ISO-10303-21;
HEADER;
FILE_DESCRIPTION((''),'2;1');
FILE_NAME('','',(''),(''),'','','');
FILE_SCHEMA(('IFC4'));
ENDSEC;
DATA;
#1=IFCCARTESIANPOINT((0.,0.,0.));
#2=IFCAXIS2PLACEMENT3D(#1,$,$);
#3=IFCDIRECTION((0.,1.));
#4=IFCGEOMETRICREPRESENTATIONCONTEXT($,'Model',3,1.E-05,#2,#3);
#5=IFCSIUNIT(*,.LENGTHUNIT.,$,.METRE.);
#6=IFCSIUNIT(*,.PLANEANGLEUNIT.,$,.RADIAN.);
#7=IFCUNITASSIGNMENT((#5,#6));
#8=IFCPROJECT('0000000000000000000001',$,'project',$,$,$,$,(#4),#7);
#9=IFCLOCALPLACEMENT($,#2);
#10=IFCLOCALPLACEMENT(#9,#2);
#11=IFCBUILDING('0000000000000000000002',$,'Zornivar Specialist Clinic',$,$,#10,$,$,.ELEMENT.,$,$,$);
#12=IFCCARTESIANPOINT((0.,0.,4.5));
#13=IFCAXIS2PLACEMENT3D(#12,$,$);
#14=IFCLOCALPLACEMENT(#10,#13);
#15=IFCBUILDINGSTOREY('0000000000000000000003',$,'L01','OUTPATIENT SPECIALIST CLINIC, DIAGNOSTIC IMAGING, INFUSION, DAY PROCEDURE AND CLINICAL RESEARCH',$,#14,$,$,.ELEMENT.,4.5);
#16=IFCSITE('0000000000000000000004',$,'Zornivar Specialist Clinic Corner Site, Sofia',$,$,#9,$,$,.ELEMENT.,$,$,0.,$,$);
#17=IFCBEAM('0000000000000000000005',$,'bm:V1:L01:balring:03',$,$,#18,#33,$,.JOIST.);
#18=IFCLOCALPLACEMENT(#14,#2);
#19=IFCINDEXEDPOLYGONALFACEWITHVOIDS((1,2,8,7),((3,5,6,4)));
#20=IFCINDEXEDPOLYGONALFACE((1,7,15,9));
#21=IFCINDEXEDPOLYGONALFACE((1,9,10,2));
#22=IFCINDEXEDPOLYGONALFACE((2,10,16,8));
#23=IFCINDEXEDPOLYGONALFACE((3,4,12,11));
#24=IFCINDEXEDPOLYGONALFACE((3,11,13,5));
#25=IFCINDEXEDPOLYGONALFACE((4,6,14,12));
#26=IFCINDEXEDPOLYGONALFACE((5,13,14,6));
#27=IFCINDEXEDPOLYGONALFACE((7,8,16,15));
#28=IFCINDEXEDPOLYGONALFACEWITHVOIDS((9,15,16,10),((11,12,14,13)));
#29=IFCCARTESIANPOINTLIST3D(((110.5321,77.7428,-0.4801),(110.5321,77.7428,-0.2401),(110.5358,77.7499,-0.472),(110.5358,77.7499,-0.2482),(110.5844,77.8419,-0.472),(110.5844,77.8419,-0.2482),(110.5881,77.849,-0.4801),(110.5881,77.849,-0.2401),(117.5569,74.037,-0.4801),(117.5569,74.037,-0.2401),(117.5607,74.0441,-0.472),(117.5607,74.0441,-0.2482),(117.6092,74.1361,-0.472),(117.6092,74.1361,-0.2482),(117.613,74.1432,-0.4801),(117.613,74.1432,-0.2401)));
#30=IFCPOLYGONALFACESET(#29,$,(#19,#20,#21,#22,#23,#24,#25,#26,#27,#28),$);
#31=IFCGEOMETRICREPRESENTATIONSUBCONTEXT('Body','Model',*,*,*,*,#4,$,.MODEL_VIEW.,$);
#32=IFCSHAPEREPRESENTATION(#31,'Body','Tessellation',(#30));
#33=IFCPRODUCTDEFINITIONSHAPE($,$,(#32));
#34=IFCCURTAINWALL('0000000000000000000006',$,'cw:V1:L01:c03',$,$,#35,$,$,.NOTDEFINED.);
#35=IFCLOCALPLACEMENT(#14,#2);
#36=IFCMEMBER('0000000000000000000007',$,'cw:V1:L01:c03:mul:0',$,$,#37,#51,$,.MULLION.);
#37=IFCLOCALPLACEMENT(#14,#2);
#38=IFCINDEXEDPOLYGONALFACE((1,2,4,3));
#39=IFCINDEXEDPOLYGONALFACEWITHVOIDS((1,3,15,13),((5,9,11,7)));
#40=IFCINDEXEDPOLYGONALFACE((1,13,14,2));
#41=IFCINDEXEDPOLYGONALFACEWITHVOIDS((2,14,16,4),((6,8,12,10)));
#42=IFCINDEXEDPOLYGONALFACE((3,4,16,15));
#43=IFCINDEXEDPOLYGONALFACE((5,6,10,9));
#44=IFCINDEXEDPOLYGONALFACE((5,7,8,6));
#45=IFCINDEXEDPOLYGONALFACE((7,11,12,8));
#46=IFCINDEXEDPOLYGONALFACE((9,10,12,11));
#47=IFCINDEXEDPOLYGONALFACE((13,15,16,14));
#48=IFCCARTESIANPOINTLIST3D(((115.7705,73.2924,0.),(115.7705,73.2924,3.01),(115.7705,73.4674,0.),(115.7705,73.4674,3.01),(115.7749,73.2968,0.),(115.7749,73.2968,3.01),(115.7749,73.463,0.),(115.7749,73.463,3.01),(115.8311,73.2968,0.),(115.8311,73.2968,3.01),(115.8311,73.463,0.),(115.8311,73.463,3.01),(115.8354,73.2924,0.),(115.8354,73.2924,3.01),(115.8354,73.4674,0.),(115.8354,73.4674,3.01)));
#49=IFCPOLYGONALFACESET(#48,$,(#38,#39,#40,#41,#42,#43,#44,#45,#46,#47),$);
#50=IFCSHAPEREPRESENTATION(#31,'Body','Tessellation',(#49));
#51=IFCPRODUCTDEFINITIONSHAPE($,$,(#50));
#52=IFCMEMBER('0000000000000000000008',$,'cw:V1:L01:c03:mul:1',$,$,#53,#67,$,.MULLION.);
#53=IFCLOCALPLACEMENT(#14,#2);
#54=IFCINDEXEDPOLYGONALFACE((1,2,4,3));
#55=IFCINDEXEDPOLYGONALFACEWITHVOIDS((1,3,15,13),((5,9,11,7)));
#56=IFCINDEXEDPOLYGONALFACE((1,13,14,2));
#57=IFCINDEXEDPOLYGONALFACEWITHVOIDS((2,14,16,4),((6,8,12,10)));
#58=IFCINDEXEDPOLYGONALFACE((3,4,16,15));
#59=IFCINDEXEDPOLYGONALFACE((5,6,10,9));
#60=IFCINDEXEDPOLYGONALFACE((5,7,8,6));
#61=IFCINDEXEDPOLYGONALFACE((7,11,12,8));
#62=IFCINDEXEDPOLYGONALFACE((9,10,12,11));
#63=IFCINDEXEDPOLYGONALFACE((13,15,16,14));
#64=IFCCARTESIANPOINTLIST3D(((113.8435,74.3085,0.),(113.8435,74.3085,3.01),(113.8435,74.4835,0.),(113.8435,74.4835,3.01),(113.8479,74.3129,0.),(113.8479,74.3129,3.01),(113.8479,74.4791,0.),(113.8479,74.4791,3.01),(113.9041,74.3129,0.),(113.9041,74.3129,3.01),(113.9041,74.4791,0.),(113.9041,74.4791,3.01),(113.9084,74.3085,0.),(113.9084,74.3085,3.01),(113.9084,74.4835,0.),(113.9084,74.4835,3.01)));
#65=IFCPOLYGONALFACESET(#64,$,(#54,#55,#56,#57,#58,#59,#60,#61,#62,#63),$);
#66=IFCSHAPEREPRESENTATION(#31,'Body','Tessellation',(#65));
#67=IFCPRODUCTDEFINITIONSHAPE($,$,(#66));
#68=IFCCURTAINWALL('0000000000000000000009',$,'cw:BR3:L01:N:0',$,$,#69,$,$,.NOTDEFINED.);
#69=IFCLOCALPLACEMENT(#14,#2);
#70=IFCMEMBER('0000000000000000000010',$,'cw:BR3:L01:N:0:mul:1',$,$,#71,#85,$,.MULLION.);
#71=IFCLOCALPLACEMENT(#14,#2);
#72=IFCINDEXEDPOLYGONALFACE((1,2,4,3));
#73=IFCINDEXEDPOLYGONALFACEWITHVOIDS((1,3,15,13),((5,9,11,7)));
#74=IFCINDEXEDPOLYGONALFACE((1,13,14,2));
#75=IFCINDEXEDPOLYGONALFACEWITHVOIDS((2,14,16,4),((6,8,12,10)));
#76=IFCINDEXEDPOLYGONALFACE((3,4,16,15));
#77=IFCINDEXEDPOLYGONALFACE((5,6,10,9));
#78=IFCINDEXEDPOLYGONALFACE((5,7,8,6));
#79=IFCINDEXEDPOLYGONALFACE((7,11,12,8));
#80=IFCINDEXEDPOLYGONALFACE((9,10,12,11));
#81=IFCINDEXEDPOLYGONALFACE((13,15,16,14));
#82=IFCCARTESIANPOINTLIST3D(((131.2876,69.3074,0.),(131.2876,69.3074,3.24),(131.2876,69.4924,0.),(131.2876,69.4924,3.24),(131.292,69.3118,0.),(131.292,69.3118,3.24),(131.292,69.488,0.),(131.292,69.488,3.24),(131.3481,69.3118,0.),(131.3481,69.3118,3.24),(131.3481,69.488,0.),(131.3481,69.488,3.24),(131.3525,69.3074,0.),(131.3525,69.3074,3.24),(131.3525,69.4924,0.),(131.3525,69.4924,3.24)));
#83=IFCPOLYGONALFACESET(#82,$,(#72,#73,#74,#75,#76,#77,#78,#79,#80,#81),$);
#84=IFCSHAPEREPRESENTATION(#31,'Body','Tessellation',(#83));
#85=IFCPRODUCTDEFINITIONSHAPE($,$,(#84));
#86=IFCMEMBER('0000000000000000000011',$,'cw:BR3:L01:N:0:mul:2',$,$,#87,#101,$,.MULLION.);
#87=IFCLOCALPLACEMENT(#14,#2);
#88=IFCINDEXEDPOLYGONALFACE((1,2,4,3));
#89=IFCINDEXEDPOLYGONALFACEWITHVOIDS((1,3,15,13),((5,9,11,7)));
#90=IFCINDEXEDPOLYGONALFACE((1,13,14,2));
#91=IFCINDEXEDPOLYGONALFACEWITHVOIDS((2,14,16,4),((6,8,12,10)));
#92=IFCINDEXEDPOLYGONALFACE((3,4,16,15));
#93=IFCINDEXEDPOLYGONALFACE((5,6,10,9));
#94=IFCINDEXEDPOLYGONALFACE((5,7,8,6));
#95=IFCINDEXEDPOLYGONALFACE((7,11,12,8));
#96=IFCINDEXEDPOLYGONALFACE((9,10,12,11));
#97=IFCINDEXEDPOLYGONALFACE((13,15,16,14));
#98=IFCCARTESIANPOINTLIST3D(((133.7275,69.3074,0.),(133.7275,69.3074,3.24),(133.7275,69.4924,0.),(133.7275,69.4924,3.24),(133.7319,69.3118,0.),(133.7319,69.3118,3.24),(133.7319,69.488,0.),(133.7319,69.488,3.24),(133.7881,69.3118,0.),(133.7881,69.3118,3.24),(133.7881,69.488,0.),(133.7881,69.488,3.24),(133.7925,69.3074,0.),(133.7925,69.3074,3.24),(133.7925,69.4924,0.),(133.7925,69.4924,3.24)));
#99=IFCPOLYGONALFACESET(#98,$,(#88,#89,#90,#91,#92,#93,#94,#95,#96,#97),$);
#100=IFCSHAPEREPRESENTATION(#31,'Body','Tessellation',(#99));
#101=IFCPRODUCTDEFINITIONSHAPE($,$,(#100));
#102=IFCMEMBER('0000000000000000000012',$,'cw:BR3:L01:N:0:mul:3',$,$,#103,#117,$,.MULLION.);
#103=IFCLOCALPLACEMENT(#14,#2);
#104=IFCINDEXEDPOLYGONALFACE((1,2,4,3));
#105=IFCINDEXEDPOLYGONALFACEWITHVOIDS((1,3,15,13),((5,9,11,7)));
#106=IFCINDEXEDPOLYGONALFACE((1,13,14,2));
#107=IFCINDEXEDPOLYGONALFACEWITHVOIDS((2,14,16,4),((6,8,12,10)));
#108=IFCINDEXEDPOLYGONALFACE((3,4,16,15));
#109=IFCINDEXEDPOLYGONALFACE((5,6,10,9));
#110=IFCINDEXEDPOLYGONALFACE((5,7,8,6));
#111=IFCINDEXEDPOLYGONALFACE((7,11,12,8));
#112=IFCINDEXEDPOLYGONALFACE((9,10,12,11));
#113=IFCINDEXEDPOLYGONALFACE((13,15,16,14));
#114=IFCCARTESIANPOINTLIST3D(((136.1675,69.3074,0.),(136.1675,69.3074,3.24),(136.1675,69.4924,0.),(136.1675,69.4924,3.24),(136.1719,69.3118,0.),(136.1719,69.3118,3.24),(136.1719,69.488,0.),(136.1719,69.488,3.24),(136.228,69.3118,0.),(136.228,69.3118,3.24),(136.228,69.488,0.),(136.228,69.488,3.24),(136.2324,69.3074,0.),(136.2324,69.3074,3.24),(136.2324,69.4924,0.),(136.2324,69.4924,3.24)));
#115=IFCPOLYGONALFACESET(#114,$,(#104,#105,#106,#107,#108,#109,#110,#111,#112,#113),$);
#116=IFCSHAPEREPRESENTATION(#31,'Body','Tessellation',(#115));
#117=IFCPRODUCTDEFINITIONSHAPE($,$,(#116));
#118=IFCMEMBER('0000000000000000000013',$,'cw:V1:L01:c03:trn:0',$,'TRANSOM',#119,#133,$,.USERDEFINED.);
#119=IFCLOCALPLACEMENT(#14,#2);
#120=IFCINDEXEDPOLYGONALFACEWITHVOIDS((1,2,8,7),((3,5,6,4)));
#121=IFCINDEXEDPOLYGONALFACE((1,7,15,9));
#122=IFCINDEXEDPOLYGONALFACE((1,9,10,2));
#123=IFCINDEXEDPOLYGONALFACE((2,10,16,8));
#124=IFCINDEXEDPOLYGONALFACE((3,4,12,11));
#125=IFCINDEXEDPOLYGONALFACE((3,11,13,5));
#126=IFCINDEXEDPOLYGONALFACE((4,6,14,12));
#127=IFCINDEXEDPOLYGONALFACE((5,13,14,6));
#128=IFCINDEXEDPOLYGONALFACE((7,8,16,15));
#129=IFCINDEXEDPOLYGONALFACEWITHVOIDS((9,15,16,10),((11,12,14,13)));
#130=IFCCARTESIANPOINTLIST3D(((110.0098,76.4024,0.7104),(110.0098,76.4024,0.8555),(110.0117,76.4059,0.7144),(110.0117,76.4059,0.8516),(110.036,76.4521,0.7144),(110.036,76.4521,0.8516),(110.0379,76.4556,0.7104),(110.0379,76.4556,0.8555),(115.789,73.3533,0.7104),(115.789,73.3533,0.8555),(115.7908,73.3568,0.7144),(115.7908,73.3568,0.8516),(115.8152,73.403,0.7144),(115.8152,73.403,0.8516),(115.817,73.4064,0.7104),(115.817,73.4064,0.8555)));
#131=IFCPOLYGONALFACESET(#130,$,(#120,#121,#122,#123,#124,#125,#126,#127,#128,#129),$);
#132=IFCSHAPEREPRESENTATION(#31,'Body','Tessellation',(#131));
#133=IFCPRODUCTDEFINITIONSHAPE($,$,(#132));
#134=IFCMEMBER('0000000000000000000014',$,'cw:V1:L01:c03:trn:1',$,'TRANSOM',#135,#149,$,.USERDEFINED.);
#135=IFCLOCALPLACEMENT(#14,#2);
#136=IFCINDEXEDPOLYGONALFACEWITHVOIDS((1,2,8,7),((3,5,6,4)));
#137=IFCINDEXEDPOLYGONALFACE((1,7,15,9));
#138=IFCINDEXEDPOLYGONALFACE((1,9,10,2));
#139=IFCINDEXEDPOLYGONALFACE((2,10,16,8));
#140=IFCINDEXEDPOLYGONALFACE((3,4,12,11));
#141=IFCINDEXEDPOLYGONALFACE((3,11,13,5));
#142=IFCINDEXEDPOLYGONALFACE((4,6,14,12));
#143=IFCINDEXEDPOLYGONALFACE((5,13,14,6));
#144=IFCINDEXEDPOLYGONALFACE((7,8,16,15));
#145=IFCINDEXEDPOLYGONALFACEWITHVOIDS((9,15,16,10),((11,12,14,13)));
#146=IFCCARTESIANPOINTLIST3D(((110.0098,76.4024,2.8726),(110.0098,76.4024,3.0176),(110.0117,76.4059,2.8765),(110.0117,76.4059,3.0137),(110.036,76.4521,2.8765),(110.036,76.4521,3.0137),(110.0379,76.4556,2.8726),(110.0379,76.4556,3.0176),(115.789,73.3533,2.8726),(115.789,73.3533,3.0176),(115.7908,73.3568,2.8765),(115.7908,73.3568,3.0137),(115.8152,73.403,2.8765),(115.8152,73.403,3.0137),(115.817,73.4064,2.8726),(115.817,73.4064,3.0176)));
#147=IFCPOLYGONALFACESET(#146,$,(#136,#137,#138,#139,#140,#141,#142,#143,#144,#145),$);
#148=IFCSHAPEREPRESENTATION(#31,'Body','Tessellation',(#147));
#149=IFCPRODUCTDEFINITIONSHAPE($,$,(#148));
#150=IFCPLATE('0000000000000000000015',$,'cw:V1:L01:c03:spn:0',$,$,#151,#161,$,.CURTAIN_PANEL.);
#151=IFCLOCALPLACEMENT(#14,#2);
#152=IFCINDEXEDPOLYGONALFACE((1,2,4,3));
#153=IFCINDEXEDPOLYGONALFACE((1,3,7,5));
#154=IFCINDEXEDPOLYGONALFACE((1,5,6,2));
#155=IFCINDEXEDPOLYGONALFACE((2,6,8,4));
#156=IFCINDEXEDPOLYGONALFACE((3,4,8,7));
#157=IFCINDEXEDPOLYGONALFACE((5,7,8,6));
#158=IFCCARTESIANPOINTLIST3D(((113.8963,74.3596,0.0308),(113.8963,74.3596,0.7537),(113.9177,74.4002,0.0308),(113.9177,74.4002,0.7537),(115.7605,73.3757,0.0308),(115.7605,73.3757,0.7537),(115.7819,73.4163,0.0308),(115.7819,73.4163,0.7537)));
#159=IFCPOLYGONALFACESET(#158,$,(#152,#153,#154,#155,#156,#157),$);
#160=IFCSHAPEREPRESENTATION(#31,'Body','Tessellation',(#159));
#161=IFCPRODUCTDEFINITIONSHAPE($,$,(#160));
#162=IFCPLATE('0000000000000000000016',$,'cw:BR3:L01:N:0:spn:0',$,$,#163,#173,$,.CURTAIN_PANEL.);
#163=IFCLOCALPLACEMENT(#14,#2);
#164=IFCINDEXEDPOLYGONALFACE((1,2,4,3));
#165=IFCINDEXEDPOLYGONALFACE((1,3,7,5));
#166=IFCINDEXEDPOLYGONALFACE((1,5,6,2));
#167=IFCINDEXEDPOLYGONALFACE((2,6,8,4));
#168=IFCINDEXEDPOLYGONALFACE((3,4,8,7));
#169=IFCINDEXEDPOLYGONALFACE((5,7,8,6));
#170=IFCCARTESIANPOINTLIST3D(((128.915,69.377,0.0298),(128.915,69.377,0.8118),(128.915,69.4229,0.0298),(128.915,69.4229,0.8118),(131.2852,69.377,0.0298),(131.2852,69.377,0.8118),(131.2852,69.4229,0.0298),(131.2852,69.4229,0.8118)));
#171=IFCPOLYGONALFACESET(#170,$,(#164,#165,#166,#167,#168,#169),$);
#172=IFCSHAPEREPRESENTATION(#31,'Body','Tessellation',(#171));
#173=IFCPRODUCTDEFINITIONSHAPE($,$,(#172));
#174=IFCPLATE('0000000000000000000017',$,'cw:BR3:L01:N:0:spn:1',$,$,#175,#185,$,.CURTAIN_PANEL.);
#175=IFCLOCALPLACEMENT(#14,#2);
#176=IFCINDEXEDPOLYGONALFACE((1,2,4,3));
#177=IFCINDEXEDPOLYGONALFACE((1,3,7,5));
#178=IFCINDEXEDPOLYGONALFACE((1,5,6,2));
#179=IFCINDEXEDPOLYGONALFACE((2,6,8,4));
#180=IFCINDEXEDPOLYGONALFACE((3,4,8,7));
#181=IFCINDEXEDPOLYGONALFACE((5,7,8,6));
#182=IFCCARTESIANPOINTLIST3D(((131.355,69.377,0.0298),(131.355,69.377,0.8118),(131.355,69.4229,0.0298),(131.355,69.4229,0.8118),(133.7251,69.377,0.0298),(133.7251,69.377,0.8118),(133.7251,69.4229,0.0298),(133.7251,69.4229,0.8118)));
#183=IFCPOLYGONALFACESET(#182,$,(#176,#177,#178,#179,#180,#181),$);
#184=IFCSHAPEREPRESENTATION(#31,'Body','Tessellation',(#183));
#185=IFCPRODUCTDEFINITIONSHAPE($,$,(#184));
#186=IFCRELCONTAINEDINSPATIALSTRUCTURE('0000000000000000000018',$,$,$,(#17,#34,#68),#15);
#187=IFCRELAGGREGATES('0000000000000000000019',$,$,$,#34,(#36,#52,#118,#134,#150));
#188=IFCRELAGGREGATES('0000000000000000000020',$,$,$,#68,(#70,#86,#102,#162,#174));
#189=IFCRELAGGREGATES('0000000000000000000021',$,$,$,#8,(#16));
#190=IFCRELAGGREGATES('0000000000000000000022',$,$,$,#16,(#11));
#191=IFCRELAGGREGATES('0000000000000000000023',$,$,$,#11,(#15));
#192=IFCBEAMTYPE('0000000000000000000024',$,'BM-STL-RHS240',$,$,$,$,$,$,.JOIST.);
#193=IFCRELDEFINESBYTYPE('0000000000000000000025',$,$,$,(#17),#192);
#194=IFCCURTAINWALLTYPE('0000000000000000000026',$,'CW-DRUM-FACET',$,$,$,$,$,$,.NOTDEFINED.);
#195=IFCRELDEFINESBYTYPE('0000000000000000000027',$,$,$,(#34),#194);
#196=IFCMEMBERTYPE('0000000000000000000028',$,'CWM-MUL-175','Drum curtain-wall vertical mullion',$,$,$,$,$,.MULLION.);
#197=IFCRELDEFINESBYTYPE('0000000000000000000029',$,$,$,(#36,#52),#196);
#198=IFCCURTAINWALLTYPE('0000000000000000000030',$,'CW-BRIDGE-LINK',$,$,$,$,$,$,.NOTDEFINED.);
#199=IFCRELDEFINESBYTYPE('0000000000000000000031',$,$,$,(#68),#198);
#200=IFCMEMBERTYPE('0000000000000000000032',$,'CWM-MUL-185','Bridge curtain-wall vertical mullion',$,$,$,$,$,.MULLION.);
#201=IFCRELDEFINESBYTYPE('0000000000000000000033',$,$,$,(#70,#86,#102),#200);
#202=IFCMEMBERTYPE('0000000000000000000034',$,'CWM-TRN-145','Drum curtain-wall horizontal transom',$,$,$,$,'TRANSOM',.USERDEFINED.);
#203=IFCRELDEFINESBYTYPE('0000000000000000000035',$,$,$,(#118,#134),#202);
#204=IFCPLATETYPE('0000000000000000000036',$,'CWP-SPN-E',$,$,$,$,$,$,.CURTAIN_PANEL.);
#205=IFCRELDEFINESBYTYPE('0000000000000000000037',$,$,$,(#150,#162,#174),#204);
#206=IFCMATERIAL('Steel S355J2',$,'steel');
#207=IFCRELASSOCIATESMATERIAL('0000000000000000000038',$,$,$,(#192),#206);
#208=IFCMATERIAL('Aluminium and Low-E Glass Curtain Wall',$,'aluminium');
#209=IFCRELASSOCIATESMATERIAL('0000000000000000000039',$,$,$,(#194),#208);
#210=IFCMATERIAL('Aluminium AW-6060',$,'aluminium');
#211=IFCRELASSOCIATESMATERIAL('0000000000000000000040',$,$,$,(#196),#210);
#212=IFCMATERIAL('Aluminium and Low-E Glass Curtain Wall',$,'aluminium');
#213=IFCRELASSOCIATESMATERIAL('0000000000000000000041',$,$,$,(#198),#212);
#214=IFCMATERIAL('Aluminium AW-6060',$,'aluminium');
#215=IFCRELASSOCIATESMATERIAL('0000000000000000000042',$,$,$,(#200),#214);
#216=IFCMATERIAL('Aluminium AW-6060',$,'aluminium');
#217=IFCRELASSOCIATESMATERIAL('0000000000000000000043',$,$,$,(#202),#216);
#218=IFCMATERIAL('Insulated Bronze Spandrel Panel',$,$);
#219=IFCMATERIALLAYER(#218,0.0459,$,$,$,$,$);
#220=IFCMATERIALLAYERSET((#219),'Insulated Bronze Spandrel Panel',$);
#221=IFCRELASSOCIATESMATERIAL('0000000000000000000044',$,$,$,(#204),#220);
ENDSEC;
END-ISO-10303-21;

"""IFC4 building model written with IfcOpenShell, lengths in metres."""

from ifc_helpers import new_model, si_unit, direction, frame, origin, origin_2d, place, context, subcontext, project, spatial, rectangle, hollow_rectangle, extrude, material, layer, layer_set, material_profile, profile_set, type_object, element, aggregate, save


model = new_model("IFC4")

# Units and contexts
model_context = context("Model", 3, precision=1e-05, world=origin(), true_north=direction((0.0, 1.0)))
body_context = subcontext(model_context, "Body", "Model", "MODEL_VIEW")
ifc_project = project(units=[si_unit("LENGTHUNIT", "METRE"), si_unit("PLANEANGLEUNIT", "RADIAN")], contexts=[model_context])

# Site, building, storey
site_placement = place(None, origin())
site = spatial("IfcSite", under=ifc_project, at=site_placement, Name="Zornivar Specialist Clinic Corner Site, Sofia", CompositionType="ELEMENT", RefElevation=0.0)
building_placement = place(site_placement, origin())
building = spatial("IfcBuilding", under=site, at=building_placement, Name="Zornivar Specialist Clinic", CompositionType="ELEMENT")
storey_placement = place(building_placement, frame((0.0, 0.0, 4.5)))
storey = spatial("IfcBuildingStorey", under=building, at=storey_placement, Name="L01", Description="OUTPATIENT SPECIALIST CLINIC, DIAGNOSTIC IMAGING, INFUSION, DAY PROCEDURE AND CLINICAL RESEARCH", CompositionType="ELEMENT", Elevation=4.5)

# Beam
ifc_material_1 = material(Name="Steel S355J2", Category="steel")
ifc_material_profile_1 = material_profile(ifc_material_1, hollow_rectangle(XDim=0.1201, YDim=0.24, WallThickness=0.0081, at=origin_2d()), Name="RHS 240x120x8")
ifc_profile_set_1 = profile_set([ifc_material_profile_1], Name="Steel S355J2")
beam_type_1 = type_object("IfcBeamType", Name="BM-STL-RHS240", PredefinedType="JOIST", material=ifc_profile_set_1)
beam_1_placement = place(storey_placement, frame((117.585, 74.0901, -0.3601), z_axis=(-0.884477, 0.466584, 0.0), x_axis=(-0.466584, -0.884477, 0.0)))
element("IfcBeam", 1, at=beam_1_placement, inside=storey, type_object=beam_type_1, Name="bm:V1:L01:balring:03", PredefinedType="JOIST", context=body_context, shape_type="SweptSolid", body=[
    extrude(hollow_rectangle(XDim=0.1201, YDim=0.24, WallThickness=0.0081, at=origin_2d()), origin(), (0.0, 0.0, 1.0), 7.9424),
])

# Curtain walls, members
ifc_material_2 = material(Name="Aluminium and Low-E Glass Curtain Wall", Category="aluminium")
curtain_wall_type_1 = type_object("IfcCurtainWallType", Name="CW-DRUM-FACET", PredefinedType="NOTDEFINED", material=ifc_material_2)
curtain_wall_1_placement = place(storey_placement, origin())
curtain_wall_1 = element("IfcCurtainWall", 2, at=curtain_wall_1_placement, inside=storey, type_object=curtain_wall_type_1, Name="cw:V1:L01:c03", PredefinedType="NOTDEFINED")
ifc_material_3 = material(Name="Aluminium AW-6060", Category="aluminium")
ifc_material_profile_2 = material_profile(ifc_material_3, hollow_rectangle(XDim=0.0649, YDim=0.175, WallThickness=0.0044, at=origin_2d()), Name="ALU 65x175x4.5")
ifc_profile_set_2 = profile_set([ifc_material_profile_2], Name="Aluminium AW-6060")
member_type_1 = type_object("IfcMemberType", Name="CWM-MUL-175", Description="Drum curtain-wall vertical mullion", PredefinedType="MULLION", material=ifc_profile_set_2)
member_1_placement = place(storey_placement, frame((115.803, 73.3799, 0.0), z_axis=(0.0, 0.0, 1.0), x_axis=(1.0, 0.0, 0.0)))
member_1 = element("IfcMember", 3, at=member_1_placement, type_object=member_type_1, Name="cw:V1:L01:c03:mul:0", PredefinedType="MULLION", context=body_context, shape_type="SweptSolid", body=[
    extrude(hollow_rectangle(XDim=0.0649, YDim=0.175, WallThickness=0.0044, at=origin_2d()), origin(), (0.0, 0.0, 1.0), 3.01),
])
member_2_placement = place(storey_placement, frame((113.876, 74.396, 0.0), z_axis=(0.0, 0.0, 1.0), x_axis=(1.0, 0.0, 0.0)))
member_2 = element("IfcMember", 4, at=member_2_placement, type_object=member_type_1, Name="cw:V1:L01:c03:mul:1", PredefinedType="MULLION", context=body_context, shape_type="SweptSolid", body=[
    extrude(hollow_rectangle(XDim=0.0649, YDim=0.175, WallThickness=0.0044, at=origin_2d()), origin(), (0.0, 0.0, 1.0), 3.01),
])
ifc_material_4 = material(Name="Aluminium and Low-E Glass Curtain Wall", Category="aluminium")
curtain_wall_type_2 = type_object("IfcCurtainWallType", Name="CW-BRIDGE-LINK", PredefinedType="NOTDEFINED", material=ifc_material_4)
curtain_wall_2_placement = place(storey_placement, origin())
curtain_wall_2 = element("IfcCurtainWall", 5, at=curtain_wall_2_placement, inside=storey, type_object=curtain_wall_type_2, Name="cw:BR3:L01:N:0", PredefinedType="NOTDEFINED")
ifc_material_5 = material(Name="Aluminium AW-6060", Category="aluminium")
ifc_material_profile_3 = material_profile(ifc_material_5, hollow_rectangle(XDim=0.0649, YDim=0.1851, WallThickness=0.0044, at=origin_2d()), Name="ALU 65x185x4.5")
ifc_profile_set_3 = profile_set([ifc_material_profile_3], Name="Aluminium AW-6060")
member_type_2 = type_object("IfcMemberType", Name="CWM-MUL-185", Description="Bridge curtain-wall vertical mullion", PredefinedType="MULLION", material=ifc_profile_set_3)
member_3_placement = place(storey_placement, frame((131.3201, 69.3999, 0.0), z_axis=(0.0, 0.0, 1.0), x_axis=(1.0, 0.0, 0.0)))
member_3 = element("IfcMember", 6, at=member_3_placement, type_object=member_type_2, Name="cw:BR3:L01:N:0:mul:1", PredefinedType="MULLION", context=body_context, shape_type="SweptSolid", body=[
    extrude(hollow_rectangle(XDim=0.0649, YDim=0.1851, WallThickness=0.0044, at=origin_2d()), origin(), (0.0, 0.0, 1.0), 3.24),
])
member_4_placement = place(storey_placement, frame((133.76, 69.3999, 0.0), z_axis=(0.0, 0.0, 1.0), x_axis=(1.0, 0.0, 0.0)))
member_4 = element("IfcMember", 7, at=member_4_placement, type_object=member_type_2, Name="cw:BR3:L01:N:0:mul:2", PredefinedType="MULLION", context=body_context, shape_type="SweptSolid", body=[
    extrude(hollow_rectangle(XDim=0.0649, YDim=0.1851, WallThickness=0.0044, at=origin_2d()), origin(), (0.0, 0.0, 1.0), 3.24),
])
member_5_placement = place(storey_placement, frame((136.2, 69.3999, 0.0), z_axis=(0.0, 0.0, 1.0), x_axis=(1.0, 0.0, 0.0)))
member_5 = element("IfcMember", 8, at=member_5_placement, type_object=member_type_2, Name="cw:BR3:L01:N:0:mul:3", PredefinedType="MULLION", context=body_context, shape_type="SweptSolid", body=[
    extrude(hollow_rectangle(XDim=0.0649, YDim=0.1851, WallThickness=0.0044, at=origin_2d()), origin(), (0.0, 0.0, 1.0), 3.24),
])

# Members
ifc_material_6 = material(Name="Aluminium AW-6060", Category="aluminium")
ifc_material_profile_4 = material_profile(ifc_material_6, hollow_rectangle(XDim=0.0601, YDim=0.145, WallThickness=0.0039, at=origin_2d()), Name="ALU 60x145x4")
ifc_profile_set_4 = profile_set([ifc_material_profile_4], Name="Aluminium AW-6060")
member_type_3 = type_object("IfcMemberType", Name="CWM-TRN-145", Description="Drum curtain-wall horizontal transom", ElementType="TRANSOM", PredefinedType="USERDEFINED", material=ifc_profile_set_4)
member_6_placement = place(storey_placement, frame((115.803, 73.3799, 0.783), z_axis=(-0.884447, 0.466641, 0.0), x_axis=(-0.466641, -0.884447, 0.0)))
member_6 = element("IfcMember", 9, at=member_6_placement, type_object=member_type_3, Name="cw:V1:L01:c03:trn:0", ObjectType="TRANSOM", PredefinedType="USERDEFINED", context=body_context, shape_type="SweptSolid", body=[
    extrude(hollow_rectangle(XDim=0.0601, YDim=0.145, WallThickness=0.0039, at=origin_2d()), origin(), (0.0, 0.0, 1.0), 6.5342),
])
member_7_placement = place(storey_placement, frame((115.803, 73.3799, 2.9451), z_axis=(-0.884447, 0.466641, 0.0), x_axis=(-0.466641, -0.884447, 0.0)))
member_7 = element("IfcMember", 10, at=member_7_placement, type_object=member_type_3, Name="cw:V1:L01:c03:trn:1", ObjectType="TRANSOM", PredefinedType="USERDEFINED", context=body_context, shape_type="SweptSolid", body=[
    extrude(hollow_rectangle(XDim=0.0601, YDim=0.145, WallThickness=0.0039, at=origin_2d()), origin(), (0.0, 0.0, 1.0), 6.5342),
])

# Plates
ifc_material_7 = material(Name="Insulated Bronze Spandrel Panel")
ifc_layer_1 = layer(ifc_material_7, 0.0459)
ifc_layer_set_1 = layer_set([ifc_layer_1], Name="Insulated Bronze Spandrel Panel")
plate_type_1 = type_object("IfcPlateType", Name="CWP-SPN-E", PredefinedType="CURTAIN_PANEL", material=ifc_layer_set_1)
plate_1_placement = place(storey_placement, frame((114.8391, 73.8879, 0.0308), z_axis=(0.0, 0.0, 1.0), x_axis=(-0.884383, 0.466762, 0.0)))
plate_1 = element("IfcPlate", 11, at=plate_1_placement, type_object=plate_type_1, Name="cw:V1:L01:c03:spn:0", PredefinedType="CURTAIN_PANEL", context=body_context, shape_type="SweptSolid", body=[
    extrude(rectangle(XDim=2.1079, YDim=0.0459, at=origin_2d()), origin(), (0.0, 0.0, 1.0), 0.7229),
])
plate_2_placement = place(storey_placement, frame((130.1001, 69.3999, 0.0298), z_axis=(0.0, 0.0, 1.0), x_axis=(1.0, 0.0, 0.0)))
plate_2 = element("IfcPlate", 12, at=plate_2_placement, type_object=plate_type_1, Name="cw:BR3:L01:N:0:spn:0", PredefinedType="CURTAIN_PANEL", context=body_context, shape_type="SweptSolid", body=[
    extrude(rectangle(XDim=2.3701, YDim=0.0459, at=origin_2d()), origin(), (0.0, 0.0, 1.0), 0.782),
])
plate_3_placement = place(storey_placement, frame((132.54, 69.3999, 0.0298), z_axis=(0.0, 0.0, 1.0), x_axis=(1.0, 0.0, 0.0)))
plate_3 = element("IfcPlate", 13, at=plate_3_placement, type_object=plate_type_1, Name="cw:BR3:L01:N:0:spn:1", PredefinedType="CURTAIN_PANEL", context=body_context, shape_type="SweptSolid", body=[
    extrude(rectangle(XDim=2.3701, YDim=0.0459, at=origin_2d()), origin(), (0.0, 0.0, 1.0), 0.782),
])
aggregate(curtain_wall_1, [member_1, member_2, member_6, member_7, plate_1])
aggregate(curtain_wall_2, [member_3, member_4, member_5, plate_2, plate_3])

save(model, "model.ifc")
